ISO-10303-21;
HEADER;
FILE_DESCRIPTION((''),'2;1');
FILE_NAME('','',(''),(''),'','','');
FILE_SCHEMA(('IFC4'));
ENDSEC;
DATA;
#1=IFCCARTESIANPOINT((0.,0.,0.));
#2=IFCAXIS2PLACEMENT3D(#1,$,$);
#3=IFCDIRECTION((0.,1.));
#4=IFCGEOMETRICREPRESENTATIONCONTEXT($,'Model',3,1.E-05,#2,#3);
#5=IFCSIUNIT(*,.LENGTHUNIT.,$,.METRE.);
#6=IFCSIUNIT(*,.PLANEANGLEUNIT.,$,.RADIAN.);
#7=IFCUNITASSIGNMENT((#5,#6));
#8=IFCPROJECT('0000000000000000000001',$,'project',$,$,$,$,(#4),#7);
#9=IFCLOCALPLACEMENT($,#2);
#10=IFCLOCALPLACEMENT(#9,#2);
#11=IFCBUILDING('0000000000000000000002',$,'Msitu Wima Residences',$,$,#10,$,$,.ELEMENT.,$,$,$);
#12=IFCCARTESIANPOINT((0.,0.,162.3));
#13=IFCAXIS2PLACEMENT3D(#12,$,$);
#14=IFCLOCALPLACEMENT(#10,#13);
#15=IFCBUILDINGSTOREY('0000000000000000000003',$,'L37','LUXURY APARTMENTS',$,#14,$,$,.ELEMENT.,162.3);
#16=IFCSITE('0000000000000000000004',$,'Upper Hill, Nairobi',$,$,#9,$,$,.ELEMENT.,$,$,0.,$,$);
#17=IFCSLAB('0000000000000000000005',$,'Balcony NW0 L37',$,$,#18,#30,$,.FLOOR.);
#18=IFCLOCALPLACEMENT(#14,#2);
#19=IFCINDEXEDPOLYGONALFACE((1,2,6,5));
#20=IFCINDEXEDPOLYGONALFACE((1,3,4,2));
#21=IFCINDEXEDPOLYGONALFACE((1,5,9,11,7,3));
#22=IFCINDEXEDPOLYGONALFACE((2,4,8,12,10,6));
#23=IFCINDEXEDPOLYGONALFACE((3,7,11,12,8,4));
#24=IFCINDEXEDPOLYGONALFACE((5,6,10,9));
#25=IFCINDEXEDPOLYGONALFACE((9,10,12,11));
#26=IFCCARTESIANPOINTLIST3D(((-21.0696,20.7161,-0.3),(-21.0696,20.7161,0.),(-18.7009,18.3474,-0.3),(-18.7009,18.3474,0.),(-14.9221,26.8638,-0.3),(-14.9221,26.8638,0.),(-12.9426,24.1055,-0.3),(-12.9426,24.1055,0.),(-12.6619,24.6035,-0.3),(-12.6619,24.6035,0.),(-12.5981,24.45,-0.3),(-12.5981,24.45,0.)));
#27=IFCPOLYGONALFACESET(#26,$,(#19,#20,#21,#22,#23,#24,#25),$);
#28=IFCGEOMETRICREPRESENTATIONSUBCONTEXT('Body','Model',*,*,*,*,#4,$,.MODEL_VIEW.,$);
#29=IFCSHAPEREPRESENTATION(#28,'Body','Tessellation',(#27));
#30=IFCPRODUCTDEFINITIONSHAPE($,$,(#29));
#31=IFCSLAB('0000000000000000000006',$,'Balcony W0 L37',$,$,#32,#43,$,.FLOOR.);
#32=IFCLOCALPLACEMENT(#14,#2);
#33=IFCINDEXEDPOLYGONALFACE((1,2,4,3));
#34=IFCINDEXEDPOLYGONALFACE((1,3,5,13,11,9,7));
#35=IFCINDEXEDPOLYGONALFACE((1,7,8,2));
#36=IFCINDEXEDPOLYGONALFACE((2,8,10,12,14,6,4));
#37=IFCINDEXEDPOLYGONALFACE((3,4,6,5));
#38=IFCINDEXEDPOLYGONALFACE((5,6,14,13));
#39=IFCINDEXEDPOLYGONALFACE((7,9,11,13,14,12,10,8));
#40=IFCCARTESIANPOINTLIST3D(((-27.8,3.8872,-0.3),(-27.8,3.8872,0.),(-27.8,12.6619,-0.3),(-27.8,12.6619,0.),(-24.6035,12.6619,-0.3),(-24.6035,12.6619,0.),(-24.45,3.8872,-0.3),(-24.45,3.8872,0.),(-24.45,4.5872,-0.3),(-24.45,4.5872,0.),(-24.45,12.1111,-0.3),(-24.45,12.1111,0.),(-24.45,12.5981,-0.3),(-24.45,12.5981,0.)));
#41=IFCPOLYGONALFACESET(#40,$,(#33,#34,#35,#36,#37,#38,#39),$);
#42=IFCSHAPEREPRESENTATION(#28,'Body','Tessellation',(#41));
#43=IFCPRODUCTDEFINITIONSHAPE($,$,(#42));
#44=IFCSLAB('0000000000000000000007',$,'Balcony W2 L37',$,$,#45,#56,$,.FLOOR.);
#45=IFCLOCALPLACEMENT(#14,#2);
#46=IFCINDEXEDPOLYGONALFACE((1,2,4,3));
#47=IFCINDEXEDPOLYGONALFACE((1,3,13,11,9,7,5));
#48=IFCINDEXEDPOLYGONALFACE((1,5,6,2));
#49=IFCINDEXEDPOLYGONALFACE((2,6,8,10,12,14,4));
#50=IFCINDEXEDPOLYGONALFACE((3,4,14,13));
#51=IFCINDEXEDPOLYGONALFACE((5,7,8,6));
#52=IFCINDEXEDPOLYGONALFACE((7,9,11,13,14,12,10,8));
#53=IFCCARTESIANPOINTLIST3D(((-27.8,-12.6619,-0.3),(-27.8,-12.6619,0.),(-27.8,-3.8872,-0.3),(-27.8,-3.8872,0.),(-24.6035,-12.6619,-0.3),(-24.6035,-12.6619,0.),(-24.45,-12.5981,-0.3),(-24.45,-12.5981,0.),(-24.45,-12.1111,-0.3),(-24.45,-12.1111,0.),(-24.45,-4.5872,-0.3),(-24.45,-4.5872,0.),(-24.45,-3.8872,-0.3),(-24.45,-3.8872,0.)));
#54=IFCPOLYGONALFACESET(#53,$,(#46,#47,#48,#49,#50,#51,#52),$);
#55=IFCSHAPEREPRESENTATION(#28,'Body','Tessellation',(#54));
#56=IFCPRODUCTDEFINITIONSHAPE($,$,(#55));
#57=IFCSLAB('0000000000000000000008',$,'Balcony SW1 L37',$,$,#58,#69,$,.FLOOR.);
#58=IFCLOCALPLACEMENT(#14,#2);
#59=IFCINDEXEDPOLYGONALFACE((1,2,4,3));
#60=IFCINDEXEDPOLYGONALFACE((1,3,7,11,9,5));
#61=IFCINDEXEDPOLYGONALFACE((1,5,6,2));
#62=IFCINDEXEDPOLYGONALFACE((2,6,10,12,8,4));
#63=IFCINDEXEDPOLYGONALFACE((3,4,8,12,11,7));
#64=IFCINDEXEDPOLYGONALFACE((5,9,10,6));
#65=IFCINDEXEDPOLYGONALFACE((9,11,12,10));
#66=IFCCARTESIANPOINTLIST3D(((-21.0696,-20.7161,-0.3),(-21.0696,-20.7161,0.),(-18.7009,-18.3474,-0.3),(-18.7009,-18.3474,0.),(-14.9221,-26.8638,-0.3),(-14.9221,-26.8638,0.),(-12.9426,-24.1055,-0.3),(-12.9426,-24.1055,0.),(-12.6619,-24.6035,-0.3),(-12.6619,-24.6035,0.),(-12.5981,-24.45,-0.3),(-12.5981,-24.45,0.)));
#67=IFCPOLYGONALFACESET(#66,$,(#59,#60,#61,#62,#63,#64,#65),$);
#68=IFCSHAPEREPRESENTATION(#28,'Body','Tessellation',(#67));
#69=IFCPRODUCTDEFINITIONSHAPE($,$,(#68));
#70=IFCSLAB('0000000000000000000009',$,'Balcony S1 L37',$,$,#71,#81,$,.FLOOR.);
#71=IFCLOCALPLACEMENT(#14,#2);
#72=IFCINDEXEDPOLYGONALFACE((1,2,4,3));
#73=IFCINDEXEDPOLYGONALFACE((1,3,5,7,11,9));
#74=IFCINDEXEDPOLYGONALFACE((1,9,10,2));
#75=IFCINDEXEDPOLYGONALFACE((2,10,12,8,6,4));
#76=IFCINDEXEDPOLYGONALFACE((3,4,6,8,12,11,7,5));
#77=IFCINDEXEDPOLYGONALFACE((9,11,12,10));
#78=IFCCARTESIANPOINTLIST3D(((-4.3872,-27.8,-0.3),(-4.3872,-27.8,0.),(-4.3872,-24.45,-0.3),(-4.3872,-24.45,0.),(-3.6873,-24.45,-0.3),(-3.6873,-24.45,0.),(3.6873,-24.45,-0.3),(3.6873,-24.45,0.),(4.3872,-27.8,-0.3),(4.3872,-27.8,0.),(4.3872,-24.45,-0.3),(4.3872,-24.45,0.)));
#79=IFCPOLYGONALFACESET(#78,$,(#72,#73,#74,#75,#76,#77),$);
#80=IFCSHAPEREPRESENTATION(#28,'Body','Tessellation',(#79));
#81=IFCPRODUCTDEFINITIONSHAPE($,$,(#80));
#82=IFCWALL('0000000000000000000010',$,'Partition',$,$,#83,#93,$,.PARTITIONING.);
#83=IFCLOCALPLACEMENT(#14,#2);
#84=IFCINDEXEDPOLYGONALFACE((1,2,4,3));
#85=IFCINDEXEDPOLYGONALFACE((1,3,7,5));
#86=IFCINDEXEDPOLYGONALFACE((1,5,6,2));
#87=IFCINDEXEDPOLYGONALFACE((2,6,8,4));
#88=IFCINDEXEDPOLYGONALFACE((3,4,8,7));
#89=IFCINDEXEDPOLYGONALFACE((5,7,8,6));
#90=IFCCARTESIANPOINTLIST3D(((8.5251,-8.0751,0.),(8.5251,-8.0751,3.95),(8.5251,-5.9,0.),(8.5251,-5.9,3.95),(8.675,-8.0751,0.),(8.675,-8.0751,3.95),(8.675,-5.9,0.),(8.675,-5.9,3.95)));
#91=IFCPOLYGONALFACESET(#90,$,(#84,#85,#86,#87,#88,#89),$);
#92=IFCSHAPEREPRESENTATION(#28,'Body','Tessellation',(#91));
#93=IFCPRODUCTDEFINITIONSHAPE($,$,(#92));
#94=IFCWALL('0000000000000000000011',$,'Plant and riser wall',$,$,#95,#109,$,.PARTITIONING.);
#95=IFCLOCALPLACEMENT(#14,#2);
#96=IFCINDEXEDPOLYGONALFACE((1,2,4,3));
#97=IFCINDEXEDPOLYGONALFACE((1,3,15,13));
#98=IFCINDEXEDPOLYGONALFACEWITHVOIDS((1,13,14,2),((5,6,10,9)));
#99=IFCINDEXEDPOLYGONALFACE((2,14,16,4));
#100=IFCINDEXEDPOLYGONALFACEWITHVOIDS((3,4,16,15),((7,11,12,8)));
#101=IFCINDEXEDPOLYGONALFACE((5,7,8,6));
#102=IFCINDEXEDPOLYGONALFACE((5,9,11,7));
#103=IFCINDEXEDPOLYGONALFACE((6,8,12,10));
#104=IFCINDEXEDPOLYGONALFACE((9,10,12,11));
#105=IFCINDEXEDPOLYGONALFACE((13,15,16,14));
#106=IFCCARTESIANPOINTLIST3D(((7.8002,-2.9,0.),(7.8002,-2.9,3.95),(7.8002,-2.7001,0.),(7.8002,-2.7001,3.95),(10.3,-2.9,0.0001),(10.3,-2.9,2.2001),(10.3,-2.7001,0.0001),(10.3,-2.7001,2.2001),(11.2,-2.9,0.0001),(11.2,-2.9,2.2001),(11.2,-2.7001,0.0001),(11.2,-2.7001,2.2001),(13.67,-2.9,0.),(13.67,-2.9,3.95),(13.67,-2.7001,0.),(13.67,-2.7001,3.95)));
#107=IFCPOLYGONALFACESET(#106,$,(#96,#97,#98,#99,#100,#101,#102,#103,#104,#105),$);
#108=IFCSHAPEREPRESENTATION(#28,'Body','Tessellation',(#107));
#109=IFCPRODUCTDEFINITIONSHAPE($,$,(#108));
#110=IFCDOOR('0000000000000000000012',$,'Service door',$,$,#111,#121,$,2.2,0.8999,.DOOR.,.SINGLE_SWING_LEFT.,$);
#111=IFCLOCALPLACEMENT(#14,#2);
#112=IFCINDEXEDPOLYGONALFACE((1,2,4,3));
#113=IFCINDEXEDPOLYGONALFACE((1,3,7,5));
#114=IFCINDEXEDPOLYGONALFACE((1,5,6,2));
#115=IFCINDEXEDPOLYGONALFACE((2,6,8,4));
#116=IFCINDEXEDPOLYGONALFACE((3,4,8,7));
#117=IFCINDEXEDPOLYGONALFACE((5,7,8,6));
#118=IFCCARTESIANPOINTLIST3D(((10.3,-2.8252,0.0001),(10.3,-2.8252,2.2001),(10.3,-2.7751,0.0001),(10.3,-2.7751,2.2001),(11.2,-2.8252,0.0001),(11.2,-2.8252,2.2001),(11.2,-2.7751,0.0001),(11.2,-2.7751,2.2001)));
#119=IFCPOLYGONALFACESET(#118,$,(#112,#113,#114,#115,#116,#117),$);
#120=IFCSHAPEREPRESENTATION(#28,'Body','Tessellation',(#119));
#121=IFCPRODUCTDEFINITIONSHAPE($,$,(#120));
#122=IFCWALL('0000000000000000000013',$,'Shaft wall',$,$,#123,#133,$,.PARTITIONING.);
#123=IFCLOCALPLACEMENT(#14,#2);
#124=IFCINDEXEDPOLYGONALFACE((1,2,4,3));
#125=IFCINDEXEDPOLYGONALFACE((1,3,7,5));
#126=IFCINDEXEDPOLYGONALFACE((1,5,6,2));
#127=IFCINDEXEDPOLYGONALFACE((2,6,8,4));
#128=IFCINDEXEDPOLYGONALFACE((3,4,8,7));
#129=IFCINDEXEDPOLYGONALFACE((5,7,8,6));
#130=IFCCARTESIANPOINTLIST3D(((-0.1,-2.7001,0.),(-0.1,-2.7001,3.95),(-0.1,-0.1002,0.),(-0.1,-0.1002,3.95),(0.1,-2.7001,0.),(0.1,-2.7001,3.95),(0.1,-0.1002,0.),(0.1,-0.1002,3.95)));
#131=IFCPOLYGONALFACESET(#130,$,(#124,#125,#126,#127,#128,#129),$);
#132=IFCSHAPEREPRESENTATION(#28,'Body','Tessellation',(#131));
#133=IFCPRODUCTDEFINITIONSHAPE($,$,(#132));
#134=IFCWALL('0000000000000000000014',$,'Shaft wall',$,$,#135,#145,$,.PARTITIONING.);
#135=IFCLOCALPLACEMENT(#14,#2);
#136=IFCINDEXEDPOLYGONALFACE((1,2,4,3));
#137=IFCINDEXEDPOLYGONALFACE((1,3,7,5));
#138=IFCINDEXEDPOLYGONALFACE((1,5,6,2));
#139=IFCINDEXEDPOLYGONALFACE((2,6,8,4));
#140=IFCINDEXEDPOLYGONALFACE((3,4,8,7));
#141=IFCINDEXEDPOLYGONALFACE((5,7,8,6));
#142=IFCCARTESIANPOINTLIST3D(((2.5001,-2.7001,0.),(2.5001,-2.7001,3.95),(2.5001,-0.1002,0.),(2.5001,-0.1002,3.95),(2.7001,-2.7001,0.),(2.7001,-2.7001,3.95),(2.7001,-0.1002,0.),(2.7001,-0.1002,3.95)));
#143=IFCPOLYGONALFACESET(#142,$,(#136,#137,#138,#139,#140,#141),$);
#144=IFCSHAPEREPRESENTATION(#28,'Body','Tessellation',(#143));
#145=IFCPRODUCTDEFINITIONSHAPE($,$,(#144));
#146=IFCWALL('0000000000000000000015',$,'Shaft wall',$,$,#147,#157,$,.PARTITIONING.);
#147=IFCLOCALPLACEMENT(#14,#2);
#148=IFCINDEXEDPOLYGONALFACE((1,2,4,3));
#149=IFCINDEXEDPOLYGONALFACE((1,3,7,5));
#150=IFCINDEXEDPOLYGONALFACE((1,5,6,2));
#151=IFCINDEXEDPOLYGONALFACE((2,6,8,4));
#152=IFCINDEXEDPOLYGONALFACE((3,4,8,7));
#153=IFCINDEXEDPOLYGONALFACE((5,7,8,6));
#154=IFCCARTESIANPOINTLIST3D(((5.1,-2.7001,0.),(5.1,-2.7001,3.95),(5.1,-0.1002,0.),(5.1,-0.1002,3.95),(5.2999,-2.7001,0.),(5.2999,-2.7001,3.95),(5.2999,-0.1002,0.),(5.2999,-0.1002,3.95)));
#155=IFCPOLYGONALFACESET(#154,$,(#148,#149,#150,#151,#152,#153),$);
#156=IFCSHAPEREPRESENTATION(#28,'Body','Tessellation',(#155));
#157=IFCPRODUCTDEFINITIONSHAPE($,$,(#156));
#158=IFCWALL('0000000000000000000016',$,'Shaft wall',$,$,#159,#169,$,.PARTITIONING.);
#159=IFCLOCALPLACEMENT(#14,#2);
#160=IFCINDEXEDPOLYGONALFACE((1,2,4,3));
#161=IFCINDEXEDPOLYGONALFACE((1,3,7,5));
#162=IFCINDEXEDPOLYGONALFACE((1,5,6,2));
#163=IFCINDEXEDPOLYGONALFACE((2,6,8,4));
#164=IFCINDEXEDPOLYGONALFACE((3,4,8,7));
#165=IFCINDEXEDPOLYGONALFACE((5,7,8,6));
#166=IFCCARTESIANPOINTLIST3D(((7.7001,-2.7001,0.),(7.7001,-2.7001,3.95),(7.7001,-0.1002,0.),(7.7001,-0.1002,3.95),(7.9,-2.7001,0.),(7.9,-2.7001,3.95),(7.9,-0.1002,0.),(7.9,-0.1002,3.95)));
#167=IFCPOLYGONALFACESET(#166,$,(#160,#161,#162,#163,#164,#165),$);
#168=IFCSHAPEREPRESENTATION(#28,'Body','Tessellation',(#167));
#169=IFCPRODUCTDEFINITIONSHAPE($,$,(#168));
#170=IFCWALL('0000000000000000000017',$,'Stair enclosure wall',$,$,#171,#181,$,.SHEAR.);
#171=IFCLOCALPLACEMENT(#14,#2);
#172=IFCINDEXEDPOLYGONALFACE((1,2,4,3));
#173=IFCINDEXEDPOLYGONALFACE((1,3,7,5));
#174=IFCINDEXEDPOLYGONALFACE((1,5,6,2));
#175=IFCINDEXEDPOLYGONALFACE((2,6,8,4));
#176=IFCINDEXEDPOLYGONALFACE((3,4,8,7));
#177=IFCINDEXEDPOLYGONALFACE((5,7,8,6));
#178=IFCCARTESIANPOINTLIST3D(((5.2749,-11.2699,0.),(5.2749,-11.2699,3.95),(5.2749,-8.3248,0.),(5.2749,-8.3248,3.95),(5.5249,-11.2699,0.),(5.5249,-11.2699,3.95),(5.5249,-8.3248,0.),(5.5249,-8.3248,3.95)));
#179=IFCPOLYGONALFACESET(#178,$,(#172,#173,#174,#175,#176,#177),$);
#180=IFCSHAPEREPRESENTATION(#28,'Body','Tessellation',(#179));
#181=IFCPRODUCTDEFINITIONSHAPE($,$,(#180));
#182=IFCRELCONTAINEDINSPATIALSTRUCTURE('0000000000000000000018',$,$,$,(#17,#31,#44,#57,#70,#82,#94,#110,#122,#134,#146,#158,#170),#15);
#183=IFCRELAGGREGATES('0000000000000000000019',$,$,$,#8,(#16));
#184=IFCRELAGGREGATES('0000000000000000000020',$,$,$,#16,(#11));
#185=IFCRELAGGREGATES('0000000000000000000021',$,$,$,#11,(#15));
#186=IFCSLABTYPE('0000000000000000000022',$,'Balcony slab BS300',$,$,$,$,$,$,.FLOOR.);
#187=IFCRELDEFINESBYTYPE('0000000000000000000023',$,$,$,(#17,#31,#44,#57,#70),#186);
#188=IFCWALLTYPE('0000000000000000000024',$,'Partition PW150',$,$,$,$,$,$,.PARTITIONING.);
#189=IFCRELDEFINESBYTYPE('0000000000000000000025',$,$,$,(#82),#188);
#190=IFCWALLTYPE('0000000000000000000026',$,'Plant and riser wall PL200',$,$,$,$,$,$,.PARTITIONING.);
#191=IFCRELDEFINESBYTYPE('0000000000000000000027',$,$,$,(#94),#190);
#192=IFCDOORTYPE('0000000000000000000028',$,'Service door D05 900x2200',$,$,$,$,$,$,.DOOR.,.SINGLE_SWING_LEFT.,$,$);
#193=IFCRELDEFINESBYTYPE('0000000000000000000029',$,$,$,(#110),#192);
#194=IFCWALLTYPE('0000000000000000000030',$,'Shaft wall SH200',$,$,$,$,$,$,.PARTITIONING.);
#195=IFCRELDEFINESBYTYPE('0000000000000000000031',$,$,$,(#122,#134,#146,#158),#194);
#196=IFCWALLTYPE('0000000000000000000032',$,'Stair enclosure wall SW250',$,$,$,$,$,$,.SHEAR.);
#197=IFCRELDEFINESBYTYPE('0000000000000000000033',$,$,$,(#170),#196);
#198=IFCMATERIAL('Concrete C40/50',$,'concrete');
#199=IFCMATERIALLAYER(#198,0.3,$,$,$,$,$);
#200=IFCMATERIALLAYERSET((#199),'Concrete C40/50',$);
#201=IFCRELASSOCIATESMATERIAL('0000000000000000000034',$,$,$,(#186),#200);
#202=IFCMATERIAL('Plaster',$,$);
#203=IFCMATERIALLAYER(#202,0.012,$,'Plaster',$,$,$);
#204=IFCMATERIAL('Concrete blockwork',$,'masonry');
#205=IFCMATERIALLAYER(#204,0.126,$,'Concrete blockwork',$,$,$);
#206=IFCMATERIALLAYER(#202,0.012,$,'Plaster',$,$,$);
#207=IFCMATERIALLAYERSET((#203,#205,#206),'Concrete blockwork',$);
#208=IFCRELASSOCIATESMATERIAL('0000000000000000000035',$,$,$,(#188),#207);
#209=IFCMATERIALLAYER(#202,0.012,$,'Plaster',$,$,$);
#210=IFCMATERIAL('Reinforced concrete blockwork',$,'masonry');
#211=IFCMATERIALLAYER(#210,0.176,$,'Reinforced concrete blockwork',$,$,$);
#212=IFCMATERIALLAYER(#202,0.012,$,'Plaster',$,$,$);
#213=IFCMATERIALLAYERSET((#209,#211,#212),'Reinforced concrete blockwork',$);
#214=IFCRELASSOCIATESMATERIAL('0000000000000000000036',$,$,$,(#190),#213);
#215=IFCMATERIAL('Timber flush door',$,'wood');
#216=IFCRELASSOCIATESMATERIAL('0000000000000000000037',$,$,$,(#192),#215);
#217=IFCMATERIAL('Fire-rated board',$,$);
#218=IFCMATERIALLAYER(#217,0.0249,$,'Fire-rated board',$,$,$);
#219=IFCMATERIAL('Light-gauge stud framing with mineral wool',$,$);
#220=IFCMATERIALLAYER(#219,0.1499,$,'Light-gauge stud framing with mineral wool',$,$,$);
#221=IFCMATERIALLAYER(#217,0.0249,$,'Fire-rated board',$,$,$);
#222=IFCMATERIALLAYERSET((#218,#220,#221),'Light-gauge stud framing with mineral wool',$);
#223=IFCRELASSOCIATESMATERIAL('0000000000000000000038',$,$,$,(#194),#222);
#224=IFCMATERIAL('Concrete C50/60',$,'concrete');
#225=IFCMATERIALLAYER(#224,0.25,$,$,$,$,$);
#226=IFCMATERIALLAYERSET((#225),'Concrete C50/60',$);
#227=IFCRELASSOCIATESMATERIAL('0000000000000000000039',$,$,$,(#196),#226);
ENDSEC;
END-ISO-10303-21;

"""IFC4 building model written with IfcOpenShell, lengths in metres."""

from ifc_helpers import new_model, si_unit, direction, frame, frame_2d, origin, place, context, subcontext, project, spatial, polyline, rectangle, outline, extrude, material, layer, layer_set, type_object, element, fill, save


model = new_model("IFC4")

# Units and contexts
model_context = context("Model", 3, precision=1e-05, world=origin(), true_north=direction((0.0, 1.0)))
body_context = subcontext(model_context, "Body", "Model", "MODEL_VIEW")
ifc_project = project(units=[si_unit("LENGTHUNIT", "METRE"), si_unit("PLANEANGLEUNIT", "RADIAN")], contexts=[model_context])

# Site, building, storey
site_placement = place(None, origin())
site = spatial("IfcSite", under=ifc_project, at=site_placement, Name="Upper Hill, Nairobi", CompositionType="ELEMENT", RefElevation=0.0)
building_placement = place(site_placement, origin())
building = spatial("IfcBuilding", under=site, at=building_placement, Name="Msitu Wima Residences", CompositionType="ELEMENT")
storey_placement = place(building_placement, frame((0.0, 0.0, 162.3)))
storey = spatial("IfcBuildingStorey", under=building, at=storey_placement, Name="L37", Description="LUXURY APARTMENTS", CompositionType="ELEMENT", Elevation=162.3)

# Slabs
ifc_material_1 = material(Name="Concrete C40/50", Category="concrete")
ifc_layer_1 = layer(ifc_material_1, 0.3)
ifc_layer_set_1 = layer_set([ifc_layer_1], Name="Concrete C40/50")
slab_type = type_object("IfcSlabType", Name="Balcony slab BS300", PredefinedType="FLOOR", material=ifc_layer_set_1)
slab_1_placement = place(storey_placement, frame((0.0, 0.0, -0.3)))
element("IfcSlab", 1, at=slab_1_placement, inside=storey, type_object=slab_type, Name="Balcony NW0 L37", PredefinedType="FLOOR", context=body_context, shape_type="SweptSolid", body=[
    extrude(outline(polyline([(-12.9426, 24.1055), (-12.9426, 24.1055), (-18.7009, 18.3474), (-21.0696, 20.7161), (-14.9221, 26.8638), (-12.6619, 24.6035), (-12.5981, 24.45), (-12.9426, 24.1055), (-12.9426, 24.1055)])), origin(), (0.0, 0.0, 1.0), 0.3),
])
slab_2_placement = place(storey_placement, frame((0.0, 0.0, -0.3)))
element("IfcSlab", 2, at=slab_2_placement, inside=storey, type_object=slab_type, Name="Balcony W0 L37", PredefinedType="FLOOR", context=body_context, shape_type="SweptSolid", body=[
    extrude(outline(polyline([(-24.45, 12.1111), (-24.45, 12.1111), (-24.45, 4.5872), (-24.45, 3.8872), (-27.8, 3.8872), (-27.8, 12.6619), (-24.6035, 12.6619), (-24.45, 12.5981), (-24.45, 12.1111), (-24.45, 12.1111)])), origin(), (0.0, 0.0, 1.0), 0.3),
])
slab_3_placement = place(storey_placement, frame((0.0, 0.0, -0.3)))
element("IfcSlab", 3, at=slab_3_placement, inside=storey, type_object=slab_type, Name="Balcony W2 L37", PredefinedType="FLOOR", context=body_context, shape_type="SweptSolid", body=[
    extrude(outline(polyline([(-24.45, -12.1111), (-24.45, -12.1111), (-24.45, -12.5981), (-24.6035, -12.6619), (-27.8, -12.6619), (-27.8, -3.8872), (-24.45, -3.8872), (-24.45, -4.5872), (-24.45, -4.5872), (-24.45, -12.1111), (-24.45, -12.1111)])), origin(), (0.0, 0.0, 1.0), 0.3),
])
slab_4_placement = place(storey_placement, frame((0.0, 0.0, -0.3)))
element("IfcSlab", 4, at=slab_4_placement, inside=storey, type_object=slab_type, Name="Balcony SW1 L37", PredefinedType="FLOOR", context=body_context, shape_type="SweptSolid", body=[
    extrude(outline(polyline([(-12.9426, -24.1055), (-12.9426, -24.1055), (-12.5981, -24.45), (-12.6619, -24.6035), (-14.9221, -26.8638), (-21.0696, -20.7161), (-18.7009, -18.3474), (-12.9426, -24.1055), (-12.9426, -24.1055)])), origin(), (0.0, 0.0, 1.0), 0.3),
])
slab_5_placement = place(storey_placement, frame((0.0, 0.0, -0.3)))
element("IfcSlab", 5, at=slab_5_placement, inside=storey, type_object=slab_type, Name="Balcony S1 L37", PredefinedType="FLOOR", context=body_context, shape_type="SweptSolid", body=[
    extrude(outline(polyline([(-3.6873, -24.45), (3.6873, -24.45), (4.3872, -24.45), (4.3872, -27.8), (-4.3872, -27.8), (-4.3872, -24.45), (-3.6873, -24.45)])), origin(), (0.0, 0.0, 1.0), 0.3),
])

# Wall
ifc_material_2 = material(Name="Plaster")
ifc_layer_2 = layer(ifc_material_2, 0.012, Name="Plaster")
ifc_material_3 = material(Name="Concrete blockwork", Category="masonry")
ifc_layer_3 = layer(ifc_material_3, 0.126, Name="Concrete blockwork")
ifc_layer_4 = layer(ifc_material_2, 0.012, Name="Plaster")
ifc_layer_set_2 = layer_set([ifc_layer_2, ifc_layer_3, ifc_layer_4], Name="Concrete blockwork")
wall_type_1 = type_object("IfcWallType", Name="Partition PW150", PredefinedType="PARTITIONING", material=ifc_layer_set_2)
wall_1_placement = place(storey_placement, frame((8.6001, -8.075, 0.0), z_axis=(0.0, 0.0, 1.0), x_axis=(0.0, 1.0, 0.0)))
element("IfcWall", 6, at=wall_1_placement, inside=storey, type_object=wall_type_1, Name="Partition", PredefinedType="PARTITIONING", context=body_context, shape_type="SweptSolid", body=[
    extrude(rectangle(XDim=2.175, YDim=0.1499, at=frame_2d((1.0874, 0.0))), origin(), (0.0, 0.0, 1.0), 3.95),
])

# Wall, opening, door
ifc_layer_5 = layer(ifc_material_2, 0.012, Name="Plaster")
ifc_material_4 = material(Name="Reinforced concrete blockwork", Category="masonry")
ifc_layer_6 = layer(ifc_material_4, 0.176, Name="Reinforced concrete blockwork")
ifc_layer_7 = layer(ifc_material_2, 0.012, Name="Plaster")
ifc_layer_set_3 = layer_set([ifc_layer_5, ifc_layer_6, ifc_layer_7], Name="Reinforced concrete blockwork")
wall_type_2 = type_object("IfcWallType", Name="Plant and riser wall PL200", PredefinedType="PARTITIONING", material=ifc_layer_set_3)
wall_2_placement = place(storey_placement, frame((7.8, -2.8, 0.0), z_axis=(0.0, 0.0, 1.0), x_axis=(1.0, 0.0, 0.0)))
wall_2 = element("IfcWall", 7, at=wall_2_placement, inside=storey, type_object=wall_type_2, Name="Plant and riser wall", PredefinedType="PARTITIONING", context=body_context, shape_type="SweptSolid", body=[
    extrude(rectangle(XDim=5.8699, YDim=0.2, at=frame_2d((2.9351, 0.0))), origin(), (0.0, 0.0, 1.0), 3.95),
])
opening_placement = place(wall_2_placement, frame((2.5, 0.0, 0.0)))
opening = element("IfcOpeningElement", 8, at=opening_placement, cuts=wall_2, PredefinedType="OPENING", context=body_context, shape_type="SweptSolid", body=[
    extrude(rectangle(XDim=0.8999, YDim=2.2, at=frame_2d((0.45, 1.1001))), frame((0.0, 0.1099, 0.0), z_axis=(0.0, -1.0, 0.0), x_axis=(1.0, 0.0, 0.0)), (0.0, 0.0, 1.0), 0.22),
])
ifc_material_5 = material(Name="Timber flush door", Category="wood")
door_type = type_object("IfcDoorType", Name="Service door D05 900x2200", OperationType="SINGLE_SWING_LEFT", PredefinedType="DOOR", material=ifc_material_5)
door_placement = place(opening_placement, origin())
door = element("IfcDoor", 9, at=door_placement, inside=storey, type_object=door_type, Name="Service door", OperationType="SINGLE_SWING_LEFT", OverallHeight=2.2, OverallWidth=0.8999, PredefinedType="DOOR", context=body_context, shape_type="SweptSolid", body=[
    extrude(rectangle(XDim=0.8999, YDim=2.2, at=frame_2d((0.45, 1.1001))), frame((0.0, 0.0249, 0.0), z_axis=(0.0, -1.0, 0.0), x_axis=(1.0, 0.0, 0.0)), (0.0, 0.0, 1.0), 0.05),
])
fill(opening, door)

# Walls
ifc_material_6 = material(Name="Fire-rated board")
ifc_layer_8 = layer(ifc_material_6, 0.0249, Name="Fire-rated board")
ifc_material_7 = material(Name="Light-gauge stud framing with mineral wool")
ifc_layer_9 = layer(ifc_material_7, 0.1499, Name="Light-gauge stud framing with mineral wool")
ifc_layer_10 = layer(ifc_material_6, 0.0249, Name="Fire-rated board")
ifc_layer_set_4 = layer_set([ifc_layer_8, ifc_layer_9, ifc_layer_10], Name="Light-gauge stud framing with mineral wool")
wall_type_3 = type_object("IfcWallType", Name="Shaft wall SH200", PredefinedType="PARTITIONING", material=ifc_layer_set_4)
for number, where, z_axis, x_axis, name in (
    (10, (0.0, -2.7, 0.0), (0.0, 0.0, 1.0), (0.0, 1.0, 0.0), "Shaft wall"),
    (11, (2.6001, -2.7, 0.0), (0.0, 0.0, 1.0), (0.0, 1.0, 0.0), "Shaft wall"),
    (12, (5.2, -2.7, 0.0), (0.0, 0.0, 1.0), (0.0, 1.0, 0.0), "Shaft wall"),
    (13, (7.8, -2.7, 0.0), (0.0, 0.0, 1.0), (0.0, 1.0, 0.0), "Shaft wall"),
):
    element("IfcWall", number, at=place(storey_placement, frame(where, z_axis=z_axis, x_axis=x_axis)), inside=storey, type_object=wall_type_3, Name=name, PredefinedType="PARTITIONING", context=body_context, shape_type="SweptSolid", body=[
        extrude(rectangle(XDim=2.5999, YDim=0.2, at=frame_2d((1.2998, 0.0))), origin(), (0.0, 0.0, 1.0), 3.95),
    ])
ifc_material_8 = material(Name="Concrete C50/60", Category="concrete")
ifc_layer_11 = layer(ifc_material_8, 0.25)
ifc_layer_set_5 = layer_set([ifc_layer_11], Name="Concrete C50/60")
wall_type_4 = type_object("IfcWallType", Name="Stair enclosure wall SW250", PredefinedType="SHEAR", material=ifc_layer_set_5)
wall_3_placement = place(storey_placement, frame((5.3999, -11.27, 0.0), z_axis=(0.0, 0.0, 1.0), x_axis=(0.0, 1.0, 0.0)))
element("IfcWall", 14, at=wall_3_placement, inside=storey, type_object=wall_type_4, Name="Stair enclosure wall", PredefinedType="SHEAR", context=body_context, shape_type="SweptSolid", body=[
    extrude(rectangle(XDim=2.9451, YDim=0.25, at=frame_2d((1.4727, 0.0))), origin(), (0.0, 0.0, 1.0), 3.95),
])

save(model, "model.ifc")
